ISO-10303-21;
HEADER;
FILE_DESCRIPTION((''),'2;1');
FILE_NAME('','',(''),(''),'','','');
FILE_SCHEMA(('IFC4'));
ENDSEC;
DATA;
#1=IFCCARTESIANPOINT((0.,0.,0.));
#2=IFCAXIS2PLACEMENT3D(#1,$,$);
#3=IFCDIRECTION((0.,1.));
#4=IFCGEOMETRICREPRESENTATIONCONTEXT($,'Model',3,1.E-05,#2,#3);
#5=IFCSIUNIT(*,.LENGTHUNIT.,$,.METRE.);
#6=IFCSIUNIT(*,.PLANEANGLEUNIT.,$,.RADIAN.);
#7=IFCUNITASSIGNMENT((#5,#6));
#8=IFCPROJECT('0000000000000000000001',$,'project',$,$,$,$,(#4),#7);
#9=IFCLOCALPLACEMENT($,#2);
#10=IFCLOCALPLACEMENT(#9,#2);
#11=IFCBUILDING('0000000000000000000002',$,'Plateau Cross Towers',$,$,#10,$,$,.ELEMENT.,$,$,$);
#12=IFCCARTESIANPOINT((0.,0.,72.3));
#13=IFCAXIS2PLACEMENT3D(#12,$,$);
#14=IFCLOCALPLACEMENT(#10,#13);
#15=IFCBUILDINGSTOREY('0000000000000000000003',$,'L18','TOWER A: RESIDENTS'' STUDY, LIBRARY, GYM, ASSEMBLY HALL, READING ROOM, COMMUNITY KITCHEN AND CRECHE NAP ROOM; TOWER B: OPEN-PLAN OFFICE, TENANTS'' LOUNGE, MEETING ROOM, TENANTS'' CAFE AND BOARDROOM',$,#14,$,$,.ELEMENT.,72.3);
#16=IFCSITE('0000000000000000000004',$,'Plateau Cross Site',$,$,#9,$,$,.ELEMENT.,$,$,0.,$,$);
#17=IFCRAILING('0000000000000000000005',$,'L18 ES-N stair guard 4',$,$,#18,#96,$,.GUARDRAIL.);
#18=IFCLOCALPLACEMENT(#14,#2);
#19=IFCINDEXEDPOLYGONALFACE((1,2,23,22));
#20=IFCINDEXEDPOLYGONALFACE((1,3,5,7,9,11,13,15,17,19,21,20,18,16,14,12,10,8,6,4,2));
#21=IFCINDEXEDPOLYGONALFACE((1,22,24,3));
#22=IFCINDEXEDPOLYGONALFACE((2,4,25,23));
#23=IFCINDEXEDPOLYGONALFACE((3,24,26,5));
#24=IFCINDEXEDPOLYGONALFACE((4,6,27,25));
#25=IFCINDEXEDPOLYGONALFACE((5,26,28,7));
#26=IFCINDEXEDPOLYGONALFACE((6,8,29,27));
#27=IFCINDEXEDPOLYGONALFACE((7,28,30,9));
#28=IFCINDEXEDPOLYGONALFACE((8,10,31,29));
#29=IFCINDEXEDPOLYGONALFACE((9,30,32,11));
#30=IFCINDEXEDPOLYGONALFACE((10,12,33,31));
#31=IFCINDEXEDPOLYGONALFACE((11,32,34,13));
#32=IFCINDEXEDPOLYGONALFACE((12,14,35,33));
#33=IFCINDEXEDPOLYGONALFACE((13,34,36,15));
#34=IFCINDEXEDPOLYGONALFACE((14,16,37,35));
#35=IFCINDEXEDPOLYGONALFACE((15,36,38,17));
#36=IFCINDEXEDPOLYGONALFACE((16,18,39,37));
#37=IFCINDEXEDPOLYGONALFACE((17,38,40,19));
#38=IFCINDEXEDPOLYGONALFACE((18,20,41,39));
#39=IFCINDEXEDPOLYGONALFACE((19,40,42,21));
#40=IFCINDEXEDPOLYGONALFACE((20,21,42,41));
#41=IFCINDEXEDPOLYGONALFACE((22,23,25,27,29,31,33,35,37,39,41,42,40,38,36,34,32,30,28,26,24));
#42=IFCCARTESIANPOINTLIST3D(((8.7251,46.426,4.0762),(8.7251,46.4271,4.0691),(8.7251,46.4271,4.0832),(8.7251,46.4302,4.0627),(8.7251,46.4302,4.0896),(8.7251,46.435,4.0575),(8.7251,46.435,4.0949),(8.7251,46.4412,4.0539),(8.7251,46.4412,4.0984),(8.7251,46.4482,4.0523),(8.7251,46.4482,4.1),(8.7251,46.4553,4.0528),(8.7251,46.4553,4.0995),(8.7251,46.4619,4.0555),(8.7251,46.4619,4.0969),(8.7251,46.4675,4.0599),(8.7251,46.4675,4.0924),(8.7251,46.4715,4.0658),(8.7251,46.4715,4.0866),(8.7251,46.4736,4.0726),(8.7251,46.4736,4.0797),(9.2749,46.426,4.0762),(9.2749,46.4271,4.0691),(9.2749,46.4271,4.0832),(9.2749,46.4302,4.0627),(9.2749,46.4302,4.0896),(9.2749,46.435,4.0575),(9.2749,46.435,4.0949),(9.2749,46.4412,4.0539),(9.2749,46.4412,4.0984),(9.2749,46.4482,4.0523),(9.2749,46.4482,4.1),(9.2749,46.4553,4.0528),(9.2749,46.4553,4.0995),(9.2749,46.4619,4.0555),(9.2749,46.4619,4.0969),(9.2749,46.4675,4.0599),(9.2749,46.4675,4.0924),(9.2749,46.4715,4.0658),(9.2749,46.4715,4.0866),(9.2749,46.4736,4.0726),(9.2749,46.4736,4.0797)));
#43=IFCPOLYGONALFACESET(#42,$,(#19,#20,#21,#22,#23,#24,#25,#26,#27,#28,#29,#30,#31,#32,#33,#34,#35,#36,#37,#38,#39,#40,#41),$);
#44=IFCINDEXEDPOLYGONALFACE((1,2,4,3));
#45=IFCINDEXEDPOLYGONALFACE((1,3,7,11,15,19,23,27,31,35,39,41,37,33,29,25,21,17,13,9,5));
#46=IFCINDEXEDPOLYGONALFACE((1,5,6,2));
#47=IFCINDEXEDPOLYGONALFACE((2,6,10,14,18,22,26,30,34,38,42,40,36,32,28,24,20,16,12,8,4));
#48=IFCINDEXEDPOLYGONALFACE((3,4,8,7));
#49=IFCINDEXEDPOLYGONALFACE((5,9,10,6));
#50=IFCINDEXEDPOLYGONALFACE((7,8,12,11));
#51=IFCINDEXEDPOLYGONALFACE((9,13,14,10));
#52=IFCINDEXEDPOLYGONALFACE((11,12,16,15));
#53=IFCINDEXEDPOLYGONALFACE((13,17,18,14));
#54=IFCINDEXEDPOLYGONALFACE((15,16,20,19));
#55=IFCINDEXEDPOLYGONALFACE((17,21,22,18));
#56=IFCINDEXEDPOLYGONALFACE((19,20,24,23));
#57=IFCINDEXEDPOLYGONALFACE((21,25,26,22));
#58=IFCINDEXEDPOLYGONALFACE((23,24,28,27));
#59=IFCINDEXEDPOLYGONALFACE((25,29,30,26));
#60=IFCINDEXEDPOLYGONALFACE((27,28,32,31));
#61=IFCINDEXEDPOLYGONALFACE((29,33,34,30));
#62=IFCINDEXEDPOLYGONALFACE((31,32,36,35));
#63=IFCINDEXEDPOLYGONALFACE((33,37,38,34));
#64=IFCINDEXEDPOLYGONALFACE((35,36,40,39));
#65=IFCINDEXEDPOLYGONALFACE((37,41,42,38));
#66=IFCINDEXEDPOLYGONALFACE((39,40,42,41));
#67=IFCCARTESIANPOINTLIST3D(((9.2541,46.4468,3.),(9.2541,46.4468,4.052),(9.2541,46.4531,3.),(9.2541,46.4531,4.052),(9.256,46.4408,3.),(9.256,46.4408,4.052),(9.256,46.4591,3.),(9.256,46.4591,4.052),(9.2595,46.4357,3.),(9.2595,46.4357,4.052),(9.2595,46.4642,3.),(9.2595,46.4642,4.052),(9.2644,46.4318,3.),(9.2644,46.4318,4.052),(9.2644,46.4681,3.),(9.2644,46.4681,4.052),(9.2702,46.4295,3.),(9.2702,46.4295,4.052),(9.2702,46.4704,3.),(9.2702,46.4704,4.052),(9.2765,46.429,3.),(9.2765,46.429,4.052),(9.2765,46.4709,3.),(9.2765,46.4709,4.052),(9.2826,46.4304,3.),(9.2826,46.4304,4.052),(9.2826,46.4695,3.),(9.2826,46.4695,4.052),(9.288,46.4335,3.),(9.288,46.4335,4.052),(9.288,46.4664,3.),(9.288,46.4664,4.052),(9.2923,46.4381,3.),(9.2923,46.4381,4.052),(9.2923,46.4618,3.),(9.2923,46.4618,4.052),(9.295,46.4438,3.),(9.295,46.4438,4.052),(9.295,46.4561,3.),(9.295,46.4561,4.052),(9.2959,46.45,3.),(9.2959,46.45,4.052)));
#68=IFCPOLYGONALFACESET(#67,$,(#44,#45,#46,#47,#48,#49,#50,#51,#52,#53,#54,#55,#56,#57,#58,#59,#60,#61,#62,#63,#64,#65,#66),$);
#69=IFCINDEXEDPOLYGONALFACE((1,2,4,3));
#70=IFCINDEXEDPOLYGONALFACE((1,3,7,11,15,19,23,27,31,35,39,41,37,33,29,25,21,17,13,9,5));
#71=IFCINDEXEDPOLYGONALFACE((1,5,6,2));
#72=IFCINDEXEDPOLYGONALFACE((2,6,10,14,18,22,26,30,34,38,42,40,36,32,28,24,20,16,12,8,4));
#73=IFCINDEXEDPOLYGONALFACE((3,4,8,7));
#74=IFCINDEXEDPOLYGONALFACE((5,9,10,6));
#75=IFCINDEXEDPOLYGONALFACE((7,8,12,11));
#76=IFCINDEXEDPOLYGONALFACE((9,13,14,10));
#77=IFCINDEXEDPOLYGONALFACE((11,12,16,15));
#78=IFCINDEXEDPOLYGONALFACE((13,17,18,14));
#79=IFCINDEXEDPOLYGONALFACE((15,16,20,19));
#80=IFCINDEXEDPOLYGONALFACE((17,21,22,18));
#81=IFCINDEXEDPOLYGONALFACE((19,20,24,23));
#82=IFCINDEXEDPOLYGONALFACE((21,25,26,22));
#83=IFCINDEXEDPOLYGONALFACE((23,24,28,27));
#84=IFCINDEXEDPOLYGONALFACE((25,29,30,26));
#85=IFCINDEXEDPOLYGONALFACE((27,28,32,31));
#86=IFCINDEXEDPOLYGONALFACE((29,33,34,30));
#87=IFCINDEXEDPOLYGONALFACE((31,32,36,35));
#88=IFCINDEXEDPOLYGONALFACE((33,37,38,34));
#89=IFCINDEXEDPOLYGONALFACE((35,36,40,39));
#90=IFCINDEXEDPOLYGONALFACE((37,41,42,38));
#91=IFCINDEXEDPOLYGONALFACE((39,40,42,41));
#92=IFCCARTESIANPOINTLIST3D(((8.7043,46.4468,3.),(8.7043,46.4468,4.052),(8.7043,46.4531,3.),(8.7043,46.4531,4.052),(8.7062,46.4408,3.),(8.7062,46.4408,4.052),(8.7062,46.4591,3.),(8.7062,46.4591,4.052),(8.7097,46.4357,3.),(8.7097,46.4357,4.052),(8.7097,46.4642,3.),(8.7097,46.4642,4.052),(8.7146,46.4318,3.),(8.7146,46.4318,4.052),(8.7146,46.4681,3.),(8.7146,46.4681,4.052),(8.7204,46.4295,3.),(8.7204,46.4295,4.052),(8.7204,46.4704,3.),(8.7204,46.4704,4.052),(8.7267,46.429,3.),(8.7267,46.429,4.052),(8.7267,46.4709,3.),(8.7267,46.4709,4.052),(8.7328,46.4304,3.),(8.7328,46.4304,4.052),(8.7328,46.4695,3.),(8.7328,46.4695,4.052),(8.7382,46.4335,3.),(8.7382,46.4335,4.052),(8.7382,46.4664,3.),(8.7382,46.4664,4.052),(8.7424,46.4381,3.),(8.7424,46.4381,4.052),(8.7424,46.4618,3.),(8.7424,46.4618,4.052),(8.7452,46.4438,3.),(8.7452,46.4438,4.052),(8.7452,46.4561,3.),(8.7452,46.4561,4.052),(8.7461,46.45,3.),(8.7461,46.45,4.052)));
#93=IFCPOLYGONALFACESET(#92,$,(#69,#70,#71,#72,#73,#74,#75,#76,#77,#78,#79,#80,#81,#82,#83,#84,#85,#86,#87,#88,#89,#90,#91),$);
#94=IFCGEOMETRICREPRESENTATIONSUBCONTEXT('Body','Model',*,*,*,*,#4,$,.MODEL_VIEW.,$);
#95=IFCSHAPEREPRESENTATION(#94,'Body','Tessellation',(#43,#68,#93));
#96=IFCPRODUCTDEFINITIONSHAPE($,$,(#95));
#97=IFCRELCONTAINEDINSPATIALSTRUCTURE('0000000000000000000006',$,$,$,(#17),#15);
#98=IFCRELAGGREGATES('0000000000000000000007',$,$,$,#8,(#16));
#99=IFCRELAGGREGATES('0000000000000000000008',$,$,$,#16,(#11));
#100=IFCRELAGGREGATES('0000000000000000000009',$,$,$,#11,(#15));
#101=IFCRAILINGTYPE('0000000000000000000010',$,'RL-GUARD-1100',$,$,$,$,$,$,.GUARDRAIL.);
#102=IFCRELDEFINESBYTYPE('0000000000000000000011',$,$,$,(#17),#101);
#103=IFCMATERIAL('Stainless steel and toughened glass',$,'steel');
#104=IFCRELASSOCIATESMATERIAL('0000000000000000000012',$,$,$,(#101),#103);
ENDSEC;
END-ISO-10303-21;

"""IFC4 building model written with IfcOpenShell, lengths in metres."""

from ifc_helpers import new_model, si_unit, direction, frame, origin, origin_2d, place, context, subcontext, project, spatial, circle, extrude, material, type_object, element, save


model = new_model("IFC4")

# Units and contexts
model_context = context("Model", 3, precision=1e-05, world=origin(), true_north=direction((0.0, 1.0)))
body_context = subcontext(model_context, "Body", "Model", "MODEL_VIEW")
ifc_project = project(units=[si_unit("LENGTHUNIT", "METRE"), si_unit("PLANEANGLEUNIT", "RADIAN")], contexts=[model_context])

# Site, building, storey
site_placement = place(None, origin())
site = spatial("IfcSite", under=ifc_project, at=site_placement, Name="Plateau Cross Site", CompositionType="ELEMENT", RefElevation=0.0)
building_placement = place(site_placement, origin())
building = spatial("IfcBuilding", under=site, at=building_placement, Name="Plateau Cross Towers", CompositionType="ELEMENT")
storey_placement = place(building_placement, frame((0.0, 0.0, 72.3)))
storey = spatial("IfcBuildingStorey", under=building, at=storey_placement, Name="L18", Description="TOWER A: RESIDENTS' STUDY, LIBRARY, GYM, ASSEMBLY HALL, READING ROOM, COMMUNITY KITCHEN AND CRECHE NAP ROOM; TOWER B: OPEN-PLAN OFFICE, TENANTS' LOUNGE, MEETING ROOM, TENANTS' CAFE AND BOARDROOM", CompositionType="ELEMENT", Elevation=72.3)

# Railing
ifc_material_1 = material(Name="Stainless steel and toughened glass", Category="steel")
railing_type_1 = type_object("IfcRailingType", Name="RL-GUARD-1100", PredefinedType="GUARDRAIL", material=ifc_material_1)
railing_1_placement = place(storey_placement, frame((9.2749, 46.45, 3.0)))
element("IfcRailing", 1, at=railing_1_placement, inside=storey, type_object=railing_type_1, Name="L18 ES-N stair guard 4", PredefinedType="GUARDRAIL", context=body_context, shape_type="SweptSolid", body=[
    extrude(circle(Radius=0.0239, at=origin_2d()), frame((0.0, 0.0, 1.0762), z_axis=(-1.0, 0.0, 0.0), x_axis=(0.0, -1.0, 0.0)), (0.0, 0.0, 1.0), 0.5498),
    extrude(circle(Radius=0.021, at=origin_2d()), origin(), (0.0, 0.0, 1.0), 1.052),
    extrude(circle(Radius=0.021, at=origin_2d()), frame((-0.5498, 0.0, 0.0)), (0.0, 0.0, 1.0), 1.052),
])

save(model, "model.ifc")
